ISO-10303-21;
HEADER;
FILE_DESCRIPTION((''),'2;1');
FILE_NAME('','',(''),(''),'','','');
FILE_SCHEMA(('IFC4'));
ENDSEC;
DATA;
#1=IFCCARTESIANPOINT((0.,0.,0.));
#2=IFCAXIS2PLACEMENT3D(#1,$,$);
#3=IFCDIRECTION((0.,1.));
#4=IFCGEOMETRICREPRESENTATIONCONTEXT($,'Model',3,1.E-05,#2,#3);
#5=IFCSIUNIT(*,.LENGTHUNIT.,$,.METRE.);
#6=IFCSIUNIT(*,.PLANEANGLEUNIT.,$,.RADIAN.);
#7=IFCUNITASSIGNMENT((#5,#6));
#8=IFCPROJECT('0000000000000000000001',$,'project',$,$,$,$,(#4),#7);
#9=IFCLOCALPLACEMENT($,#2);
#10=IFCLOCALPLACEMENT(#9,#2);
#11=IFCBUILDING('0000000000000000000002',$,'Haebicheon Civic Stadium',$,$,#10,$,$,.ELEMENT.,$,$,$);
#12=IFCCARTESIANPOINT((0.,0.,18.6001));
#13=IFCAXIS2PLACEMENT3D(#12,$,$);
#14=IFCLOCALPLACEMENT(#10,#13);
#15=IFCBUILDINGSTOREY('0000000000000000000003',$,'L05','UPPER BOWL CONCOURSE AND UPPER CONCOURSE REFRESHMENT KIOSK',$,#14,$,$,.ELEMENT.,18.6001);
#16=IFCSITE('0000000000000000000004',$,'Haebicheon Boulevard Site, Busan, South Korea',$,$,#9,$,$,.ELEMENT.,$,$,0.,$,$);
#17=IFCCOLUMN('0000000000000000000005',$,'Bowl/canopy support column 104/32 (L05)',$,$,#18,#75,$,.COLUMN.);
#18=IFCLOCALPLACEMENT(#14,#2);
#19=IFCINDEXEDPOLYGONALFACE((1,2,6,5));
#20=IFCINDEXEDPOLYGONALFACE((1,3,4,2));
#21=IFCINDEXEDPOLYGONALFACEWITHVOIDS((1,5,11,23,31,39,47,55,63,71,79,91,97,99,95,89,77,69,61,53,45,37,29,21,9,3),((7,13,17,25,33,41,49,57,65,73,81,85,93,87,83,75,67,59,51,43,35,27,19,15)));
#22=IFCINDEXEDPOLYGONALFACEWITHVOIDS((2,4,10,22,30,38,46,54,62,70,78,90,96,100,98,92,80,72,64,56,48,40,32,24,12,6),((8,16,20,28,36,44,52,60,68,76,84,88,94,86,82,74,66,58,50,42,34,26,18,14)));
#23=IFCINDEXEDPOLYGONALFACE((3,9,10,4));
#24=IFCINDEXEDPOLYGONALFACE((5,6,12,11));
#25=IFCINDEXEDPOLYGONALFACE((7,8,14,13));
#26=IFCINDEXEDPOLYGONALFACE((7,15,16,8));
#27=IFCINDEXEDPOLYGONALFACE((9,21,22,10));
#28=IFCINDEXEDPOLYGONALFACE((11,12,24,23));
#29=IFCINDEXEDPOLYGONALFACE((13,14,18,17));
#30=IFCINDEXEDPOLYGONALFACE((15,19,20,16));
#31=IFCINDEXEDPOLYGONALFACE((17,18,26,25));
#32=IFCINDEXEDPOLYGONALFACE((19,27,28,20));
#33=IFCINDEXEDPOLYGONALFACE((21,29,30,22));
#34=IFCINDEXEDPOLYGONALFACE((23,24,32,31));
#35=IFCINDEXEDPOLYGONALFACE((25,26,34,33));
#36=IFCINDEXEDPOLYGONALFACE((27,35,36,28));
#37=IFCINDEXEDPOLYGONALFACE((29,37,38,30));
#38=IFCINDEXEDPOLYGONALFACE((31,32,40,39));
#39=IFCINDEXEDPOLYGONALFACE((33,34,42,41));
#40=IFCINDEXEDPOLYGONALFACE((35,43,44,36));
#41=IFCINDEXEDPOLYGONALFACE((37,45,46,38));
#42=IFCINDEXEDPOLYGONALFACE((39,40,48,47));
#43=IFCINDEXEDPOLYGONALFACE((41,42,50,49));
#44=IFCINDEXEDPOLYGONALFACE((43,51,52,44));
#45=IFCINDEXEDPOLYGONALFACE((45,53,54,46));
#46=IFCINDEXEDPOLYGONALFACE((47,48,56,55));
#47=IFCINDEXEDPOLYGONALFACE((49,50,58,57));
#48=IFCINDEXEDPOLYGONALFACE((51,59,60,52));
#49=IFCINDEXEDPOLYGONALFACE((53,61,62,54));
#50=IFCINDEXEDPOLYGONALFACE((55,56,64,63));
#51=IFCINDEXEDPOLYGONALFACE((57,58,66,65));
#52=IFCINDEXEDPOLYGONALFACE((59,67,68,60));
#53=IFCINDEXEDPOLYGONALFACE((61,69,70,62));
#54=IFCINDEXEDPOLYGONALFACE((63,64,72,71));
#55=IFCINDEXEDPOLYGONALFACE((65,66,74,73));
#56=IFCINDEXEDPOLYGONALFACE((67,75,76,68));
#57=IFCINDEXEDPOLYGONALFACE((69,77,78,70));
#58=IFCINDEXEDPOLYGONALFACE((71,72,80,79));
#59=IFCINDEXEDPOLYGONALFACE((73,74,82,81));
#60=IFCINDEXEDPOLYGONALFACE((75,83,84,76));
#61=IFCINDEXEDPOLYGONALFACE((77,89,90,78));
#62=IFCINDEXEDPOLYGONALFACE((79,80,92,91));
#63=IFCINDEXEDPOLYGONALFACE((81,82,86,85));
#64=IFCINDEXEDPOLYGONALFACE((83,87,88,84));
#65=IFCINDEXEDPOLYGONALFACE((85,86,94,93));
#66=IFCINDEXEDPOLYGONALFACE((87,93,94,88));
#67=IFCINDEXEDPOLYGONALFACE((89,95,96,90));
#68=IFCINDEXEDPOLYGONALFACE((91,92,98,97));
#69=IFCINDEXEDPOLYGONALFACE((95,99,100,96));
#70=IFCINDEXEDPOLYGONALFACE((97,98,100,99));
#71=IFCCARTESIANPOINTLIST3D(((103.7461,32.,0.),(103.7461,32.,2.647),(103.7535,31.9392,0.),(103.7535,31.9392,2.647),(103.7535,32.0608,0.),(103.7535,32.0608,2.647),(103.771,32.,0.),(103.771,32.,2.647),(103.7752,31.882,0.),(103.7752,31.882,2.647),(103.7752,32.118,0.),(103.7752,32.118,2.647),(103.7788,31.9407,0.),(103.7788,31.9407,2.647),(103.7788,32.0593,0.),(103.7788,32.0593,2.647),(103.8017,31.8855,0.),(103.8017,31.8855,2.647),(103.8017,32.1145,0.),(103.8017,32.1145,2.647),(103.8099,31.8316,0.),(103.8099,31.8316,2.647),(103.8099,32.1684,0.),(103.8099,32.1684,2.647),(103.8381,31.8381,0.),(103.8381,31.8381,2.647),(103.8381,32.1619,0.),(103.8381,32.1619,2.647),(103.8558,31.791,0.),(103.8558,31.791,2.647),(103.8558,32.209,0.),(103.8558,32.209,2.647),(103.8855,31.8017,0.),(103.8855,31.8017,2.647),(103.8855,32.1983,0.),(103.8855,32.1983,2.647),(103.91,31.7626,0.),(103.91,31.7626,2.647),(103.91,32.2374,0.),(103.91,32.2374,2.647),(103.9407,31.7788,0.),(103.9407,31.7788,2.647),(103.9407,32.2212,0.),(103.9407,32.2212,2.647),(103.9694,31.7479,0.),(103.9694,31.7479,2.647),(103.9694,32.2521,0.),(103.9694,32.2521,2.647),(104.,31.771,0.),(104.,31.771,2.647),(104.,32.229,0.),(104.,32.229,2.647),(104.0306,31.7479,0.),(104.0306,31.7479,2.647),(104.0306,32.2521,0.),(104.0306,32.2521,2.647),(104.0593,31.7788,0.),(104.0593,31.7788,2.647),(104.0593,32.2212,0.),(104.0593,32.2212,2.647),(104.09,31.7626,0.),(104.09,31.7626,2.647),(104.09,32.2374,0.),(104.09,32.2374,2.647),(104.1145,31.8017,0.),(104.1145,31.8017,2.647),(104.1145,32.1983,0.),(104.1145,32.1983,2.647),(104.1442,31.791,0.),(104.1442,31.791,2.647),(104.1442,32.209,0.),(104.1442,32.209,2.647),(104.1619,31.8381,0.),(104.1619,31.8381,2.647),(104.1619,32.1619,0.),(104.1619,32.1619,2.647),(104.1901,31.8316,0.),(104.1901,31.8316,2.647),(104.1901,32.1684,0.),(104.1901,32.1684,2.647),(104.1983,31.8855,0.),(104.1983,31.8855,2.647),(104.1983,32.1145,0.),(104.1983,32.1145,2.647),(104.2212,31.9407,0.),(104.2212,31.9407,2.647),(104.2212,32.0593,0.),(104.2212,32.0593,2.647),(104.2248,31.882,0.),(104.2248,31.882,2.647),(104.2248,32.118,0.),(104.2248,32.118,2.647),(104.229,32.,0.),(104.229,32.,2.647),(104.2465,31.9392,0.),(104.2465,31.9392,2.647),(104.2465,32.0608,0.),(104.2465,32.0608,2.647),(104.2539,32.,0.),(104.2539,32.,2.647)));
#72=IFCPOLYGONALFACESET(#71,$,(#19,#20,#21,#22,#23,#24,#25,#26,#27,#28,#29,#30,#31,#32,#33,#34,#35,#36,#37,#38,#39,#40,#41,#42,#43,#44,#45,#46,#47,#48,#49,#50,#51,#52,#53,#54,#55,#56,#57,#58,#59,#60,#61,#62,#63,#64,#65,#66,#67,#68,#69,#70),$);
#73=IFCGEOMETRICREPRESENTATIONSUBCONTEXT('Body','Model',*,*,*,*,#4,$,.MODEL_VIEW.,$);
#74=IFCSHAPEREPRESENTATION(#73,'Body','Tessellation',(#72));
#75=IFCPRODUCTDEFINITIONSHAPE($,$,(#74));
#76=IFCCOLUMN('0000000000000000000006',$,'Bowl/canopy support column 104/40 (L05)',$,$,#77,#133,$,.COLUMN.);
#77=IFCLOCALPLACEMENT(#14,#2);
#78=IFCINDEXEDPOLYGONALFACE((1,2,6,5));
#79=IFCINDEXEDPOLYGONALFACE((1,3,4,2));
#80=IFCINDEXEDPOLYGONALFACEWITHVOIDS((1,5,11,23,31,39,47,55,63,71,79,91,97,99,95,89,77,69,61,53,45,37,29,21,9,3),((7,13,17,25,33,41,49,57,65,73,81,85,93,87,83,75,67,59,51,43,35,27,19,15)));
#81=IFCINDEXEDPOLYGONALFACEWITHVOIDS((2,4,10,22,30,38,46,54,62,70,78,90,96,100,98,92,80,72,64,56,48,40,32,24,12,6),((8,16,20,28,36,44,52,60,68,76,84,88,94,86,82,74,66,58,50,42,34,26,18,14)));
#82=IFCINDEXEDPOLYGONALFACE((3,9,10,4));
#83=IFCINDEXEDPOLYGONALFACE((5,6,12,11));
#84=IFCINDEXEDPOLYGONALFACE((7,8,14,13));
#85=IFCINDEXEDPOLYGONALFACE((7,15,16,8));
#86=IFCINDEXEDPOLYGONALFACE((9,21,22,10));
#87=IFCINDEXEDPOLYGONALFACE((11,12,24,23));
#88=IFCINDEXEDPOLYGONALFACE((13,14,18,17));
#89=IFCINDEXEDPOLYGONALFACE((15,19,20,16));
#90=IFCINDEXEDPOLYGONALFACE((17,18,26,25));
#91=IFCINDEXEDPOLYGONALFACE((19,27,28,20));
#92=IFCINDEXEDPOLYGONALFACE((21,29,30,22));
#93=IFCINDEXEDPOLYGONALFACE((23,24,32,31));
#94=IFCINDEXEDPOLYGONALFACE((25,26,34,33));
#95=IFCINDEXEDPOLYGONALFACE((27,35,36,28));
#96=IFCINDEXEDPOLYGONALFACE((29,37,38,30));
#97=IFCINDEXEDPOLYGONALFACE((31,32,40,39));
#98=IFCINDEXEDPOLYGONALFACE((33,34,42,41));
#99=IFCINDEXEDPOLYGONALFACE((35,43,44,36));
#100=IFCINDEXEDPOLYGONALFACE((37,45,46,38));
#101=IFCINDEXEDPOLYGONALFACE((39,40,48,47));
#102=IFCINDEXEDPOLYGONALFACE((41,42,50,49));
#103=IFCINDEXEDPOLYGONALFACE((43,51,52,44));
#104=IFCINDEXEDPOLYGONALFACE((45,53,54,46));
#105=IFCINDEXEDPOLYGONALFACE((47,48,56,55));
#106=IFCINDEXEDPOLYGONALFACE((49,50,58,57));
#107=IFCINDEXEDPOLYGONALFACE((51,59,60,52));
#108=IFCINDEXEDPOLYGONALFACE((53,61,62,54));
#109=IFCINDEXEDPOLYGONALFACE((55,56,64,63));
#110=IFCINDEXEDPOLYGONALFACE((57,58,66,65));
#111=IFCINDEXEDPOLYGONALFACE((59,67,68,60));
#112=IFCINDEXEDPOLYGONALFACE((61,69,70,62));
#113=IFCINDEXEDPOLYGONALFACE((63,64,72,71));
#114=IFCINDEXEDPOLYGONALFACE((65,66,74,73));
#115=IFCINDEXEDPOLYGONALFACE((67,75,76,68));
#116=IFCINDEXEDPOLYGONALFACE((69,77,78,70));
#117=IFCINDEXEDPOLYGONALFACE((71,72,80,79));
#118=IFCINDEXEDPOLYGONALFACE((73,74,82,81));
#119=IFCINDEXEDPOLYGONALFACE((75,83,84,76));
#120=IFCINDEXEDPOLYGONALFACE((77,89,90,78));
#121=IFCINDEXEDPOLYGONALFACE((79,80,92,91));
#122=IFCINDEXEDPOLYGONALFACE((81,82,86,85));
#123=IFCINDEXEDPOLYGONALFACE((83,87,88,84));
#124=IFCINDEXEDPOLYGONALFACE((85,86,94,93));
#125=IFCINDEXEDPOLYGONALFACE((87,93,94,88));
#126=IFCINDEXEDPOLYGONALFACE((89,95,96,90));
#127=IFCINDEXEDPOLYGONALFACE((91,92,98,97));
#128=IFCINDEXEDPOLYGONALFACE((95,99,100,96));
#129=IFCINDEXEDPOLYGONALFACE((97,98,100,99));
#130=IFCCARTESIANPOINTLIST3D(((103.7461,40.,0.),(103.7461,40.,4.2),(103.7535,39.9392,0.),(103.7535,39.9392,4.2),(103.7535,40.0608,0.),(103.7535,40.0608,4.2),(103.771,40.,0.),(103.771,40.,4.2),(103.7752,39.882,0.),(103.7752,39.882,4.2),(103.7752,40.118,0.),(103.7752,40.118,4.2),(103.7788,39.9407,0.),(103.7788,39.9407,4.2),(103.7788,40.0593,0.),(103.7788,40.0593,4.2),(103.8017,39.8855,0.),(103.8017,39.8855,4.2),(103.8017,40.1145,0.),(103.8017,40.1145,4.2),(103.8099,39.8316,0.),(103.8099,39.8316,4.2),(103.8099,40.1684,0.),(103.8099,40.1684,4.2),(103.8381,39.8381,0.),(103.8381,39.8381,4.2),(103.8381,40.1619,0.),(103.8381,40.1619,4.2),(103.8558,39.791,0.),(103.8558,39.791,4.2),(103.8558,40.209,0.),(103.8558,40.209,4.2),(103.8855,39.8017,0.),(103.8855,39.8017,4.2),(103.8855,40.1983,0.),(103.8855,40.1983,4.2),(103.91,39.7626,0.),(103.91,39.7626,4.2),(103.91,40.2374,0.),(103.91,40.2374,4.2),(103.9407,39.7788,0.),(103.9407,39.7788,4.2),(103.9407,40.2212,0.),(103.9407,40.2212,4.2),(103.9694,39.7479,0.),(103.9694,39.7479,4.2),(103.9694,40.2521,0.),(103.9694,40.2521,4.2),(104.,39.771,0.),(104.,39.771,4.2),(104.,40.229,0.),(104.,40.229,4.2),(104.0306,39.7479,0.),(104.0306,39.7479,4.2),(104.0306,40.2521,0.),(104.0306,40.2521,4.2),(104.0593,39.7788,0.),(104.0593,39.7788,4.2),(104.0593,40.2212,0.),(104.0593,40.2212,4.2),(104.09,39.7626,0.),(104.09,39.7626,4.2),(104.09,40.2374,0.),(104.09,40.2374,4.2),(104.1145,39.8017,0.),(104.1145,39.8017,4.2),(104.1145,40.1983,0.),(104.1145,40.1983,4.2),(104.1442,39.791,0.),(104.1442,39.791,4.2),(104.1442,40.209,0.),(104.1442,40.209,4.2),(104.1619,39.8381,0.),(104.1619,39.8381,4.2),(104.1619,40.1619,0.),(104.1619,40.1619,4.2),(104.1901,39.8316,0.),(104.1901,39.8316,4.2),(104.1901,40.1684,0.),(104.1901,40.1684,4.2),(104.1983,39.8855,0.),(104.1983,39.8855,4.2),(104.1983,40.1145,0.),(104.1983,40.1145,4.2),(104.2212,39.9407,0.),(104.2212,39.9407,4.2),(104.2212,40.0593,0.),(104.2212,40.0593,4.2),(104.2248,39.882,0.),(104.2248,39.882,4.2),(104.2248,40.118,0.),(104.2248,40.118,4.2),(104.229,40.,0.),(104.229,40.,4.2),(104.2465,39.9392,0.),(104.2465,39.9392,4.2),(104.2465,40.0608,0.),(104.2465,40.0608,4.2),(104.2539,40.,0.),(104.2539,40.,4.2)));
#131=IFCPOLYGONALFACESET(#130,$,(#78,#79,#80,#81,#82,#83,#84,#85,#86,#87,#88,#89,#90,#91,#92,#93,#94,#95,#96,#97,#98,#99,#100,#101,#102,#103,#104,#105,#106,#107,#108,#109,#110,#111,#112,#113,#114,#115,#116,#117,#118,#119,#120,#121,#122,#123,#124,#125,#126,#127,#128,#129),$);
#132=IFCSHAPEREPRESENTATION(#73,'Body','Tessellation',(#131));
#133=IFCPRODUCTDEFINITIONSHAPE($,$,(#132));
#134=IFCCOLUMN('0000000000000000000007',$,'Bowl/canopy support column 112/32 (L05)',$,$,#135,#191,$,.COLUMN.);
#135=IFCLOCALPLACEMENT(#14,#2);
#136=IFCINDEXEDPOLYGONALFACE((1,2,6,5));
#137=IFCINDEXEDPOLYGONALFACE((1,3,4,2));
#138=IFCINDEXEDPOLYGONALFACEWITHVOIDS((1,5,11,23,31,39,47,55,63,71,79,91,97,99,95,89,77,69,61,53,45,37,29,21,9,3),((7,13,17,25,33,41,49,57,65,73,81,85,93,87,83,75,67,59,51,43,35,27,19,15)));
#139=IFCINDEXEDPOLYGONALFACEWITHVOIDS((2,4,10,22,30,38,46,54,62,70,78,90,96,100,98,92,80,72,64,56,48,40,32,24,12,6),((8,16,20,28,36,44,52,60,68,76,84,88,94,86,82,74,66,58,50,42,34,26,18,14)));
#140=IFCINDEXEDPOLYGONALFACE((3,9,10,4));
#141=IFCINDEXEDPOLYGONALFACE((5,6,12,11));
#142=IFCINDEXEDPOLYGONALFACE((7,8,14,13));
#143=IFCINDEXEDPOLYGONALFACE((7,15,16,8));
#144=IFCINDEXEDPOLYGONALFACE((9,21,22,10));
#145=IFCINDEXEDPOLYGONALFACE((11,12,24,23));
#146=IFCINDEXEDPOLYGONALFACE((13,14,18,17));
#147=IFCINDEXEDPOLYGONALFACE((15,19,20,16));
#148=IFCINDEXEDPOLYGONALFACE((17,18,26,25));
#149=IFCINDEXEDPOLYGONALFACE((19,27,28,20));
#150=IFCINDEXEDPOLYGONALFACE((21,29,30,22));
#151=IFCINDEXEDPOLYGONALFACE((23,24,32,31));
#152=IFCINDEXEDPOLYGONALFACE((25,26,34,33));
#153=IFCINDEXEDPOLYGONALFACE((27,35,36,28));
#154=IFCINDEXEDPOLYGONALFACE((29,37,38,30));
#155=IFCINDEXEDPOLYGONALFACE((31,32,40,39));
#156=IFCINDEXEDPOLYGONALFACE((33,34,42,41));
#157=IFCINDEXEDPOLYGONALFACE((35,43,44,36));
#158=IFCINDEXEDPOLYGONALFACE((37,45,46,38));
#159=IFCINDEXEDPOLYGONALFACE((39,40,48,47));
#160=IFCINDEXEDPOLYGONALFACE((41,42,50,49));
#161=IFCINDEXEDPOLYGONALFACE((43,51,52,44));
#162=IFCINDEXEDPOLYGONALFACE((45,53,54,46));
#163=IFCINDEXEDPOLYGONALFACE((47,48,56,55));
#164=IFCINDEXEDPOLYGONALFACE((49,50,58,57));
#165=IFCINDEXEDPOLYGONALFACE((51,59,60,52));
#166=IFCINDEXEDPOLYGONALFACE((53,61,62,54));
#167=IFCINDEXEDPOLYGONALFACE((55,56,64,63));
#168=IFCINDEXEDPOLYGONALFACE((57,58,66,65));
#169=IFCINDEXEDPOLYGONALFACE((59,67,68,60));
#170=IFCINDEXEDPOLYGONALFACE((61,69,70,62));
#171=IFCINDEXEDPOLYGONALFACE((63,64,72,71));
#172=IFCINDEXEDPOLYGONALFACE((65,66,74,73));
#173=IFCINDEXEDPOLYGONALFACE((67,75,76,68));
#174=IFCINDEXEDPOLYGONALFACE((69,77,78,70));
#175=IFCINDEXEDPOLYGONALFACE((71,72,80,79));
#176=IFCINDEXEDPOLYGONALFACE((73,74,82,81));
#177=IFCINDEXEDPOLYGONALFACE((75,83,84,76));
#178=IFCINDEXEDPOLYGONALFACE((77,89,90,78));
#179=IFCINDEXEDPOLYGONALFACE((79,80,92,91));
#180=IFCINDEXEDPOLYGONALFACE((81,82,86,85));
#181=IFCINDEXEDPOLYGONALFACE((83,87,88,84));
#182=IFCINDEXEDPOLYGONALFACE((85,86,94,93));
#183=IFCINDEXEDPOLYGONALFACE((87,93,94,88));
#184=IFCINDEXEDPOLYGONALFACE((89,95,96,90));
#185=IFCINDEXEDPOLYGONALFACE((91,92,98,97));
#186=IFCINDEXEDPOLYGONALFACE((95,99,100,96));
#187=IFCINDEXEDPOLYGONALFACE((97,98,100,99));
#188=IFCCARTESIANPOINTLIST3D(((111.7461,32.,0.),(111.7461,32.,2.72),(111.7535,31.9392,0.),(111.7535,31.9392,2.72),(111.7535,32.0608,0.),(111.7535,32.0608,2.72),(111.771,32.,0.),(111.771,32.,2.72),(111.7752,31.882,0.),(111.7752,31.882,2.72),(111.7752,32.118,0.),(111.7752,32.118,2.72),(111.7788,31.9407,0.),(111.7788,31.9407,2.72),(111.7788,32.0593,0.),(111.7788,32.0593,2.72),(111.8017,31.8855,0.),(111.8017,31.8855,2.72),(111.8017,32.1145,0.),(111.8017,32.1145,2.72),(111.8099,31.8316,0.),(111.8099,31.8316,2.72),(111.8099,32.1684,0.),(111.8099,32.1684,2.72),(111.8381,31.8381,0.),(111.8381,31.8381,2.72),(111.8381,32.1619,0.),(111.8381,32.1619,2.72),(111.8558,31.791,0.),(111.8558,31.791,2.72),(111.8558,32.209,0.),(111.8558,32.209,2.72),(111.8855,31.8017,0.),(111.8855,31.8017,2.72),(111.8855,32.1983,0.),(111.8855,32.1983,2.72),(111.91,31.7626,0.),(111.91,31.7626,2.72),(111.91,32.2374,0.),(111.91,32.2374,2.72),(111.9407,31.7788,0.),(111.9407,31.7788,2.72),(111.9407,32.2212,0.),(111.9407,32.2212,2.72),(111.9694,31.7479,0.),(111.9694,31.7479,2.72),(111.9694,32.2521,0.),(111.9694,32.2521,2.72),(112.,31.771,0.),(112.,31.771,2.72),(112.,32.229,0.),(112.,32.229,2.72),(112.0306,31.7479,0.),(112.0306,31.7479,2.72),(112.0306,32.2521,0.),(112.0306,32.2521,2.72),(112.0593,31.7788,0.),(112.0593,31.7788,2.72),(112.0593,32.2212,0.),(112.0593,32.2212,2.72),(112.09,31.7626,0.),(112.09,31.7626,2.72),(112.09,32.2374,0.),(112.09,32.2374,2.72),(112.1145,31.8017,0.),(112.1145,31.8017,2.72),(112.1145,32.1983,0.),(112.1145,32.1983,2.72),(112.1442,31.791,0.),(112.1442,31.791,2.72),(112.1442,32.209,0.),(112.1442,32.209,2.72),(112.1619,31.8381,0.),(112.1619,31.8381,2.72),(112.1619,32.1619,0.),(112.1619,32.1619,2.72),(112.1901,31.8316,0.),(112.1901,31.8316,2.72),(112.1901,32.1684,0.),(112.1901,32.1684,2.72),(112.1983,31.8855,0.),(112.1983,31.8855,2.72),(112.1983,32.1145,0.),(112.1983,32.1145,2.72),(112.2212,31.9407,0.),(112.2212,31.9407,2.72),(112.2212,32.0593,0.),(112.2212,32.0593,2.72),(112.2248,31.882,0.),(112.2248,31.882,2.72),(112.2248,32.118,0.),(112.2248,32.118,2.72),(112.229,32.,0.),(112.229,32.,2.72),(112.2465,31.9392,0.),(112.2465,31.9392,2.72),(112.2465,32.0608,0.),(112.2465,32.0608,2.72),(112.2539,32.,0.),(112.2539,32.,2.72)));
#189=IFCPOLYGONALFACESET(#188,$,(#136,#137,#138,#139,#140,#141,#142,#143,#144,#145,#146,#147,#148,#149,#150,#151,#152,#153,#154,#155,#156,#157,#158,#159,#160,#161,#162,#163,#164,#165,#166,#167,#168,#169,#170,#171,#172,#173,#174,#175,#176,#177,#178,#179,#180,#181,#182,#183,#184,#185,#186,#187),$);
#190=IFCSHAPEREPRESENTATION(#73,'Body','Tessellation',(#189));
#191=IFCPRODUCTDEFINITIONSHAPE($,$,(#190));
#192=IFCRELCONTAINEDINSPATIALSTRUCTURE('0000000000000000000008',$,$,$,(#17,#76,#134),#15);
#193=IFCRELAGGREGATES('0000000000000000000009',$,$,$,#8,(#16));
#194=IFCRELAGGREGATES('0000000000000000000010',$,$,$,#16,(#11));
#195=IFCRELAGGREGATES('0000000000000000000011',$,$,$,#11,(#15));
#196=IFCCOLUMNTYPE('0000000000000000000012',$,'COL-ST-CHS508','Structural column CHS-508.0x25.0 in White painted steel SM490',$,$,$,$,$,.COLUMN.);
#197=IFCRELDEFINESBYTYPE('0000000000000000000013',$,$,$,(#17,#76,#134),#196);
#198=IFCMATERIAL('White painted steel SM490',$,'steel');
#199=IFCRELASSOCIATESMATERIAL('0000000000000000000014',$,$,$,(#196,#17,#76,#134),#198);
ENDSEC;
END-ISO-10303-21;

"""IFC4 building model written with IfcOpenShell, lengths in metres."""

from ifc_helpers import new_model, si_unit, direction, frame, origin, origin_2d, place, context, subcontext, project, spatial, hollow_circle, extrude, material, material_profile, profile_set, type_object, element, save


model = new_model("IFC4")

# Units and contexts
model_context = context("Model", 3, precision=1e-05, world=origin(), true_north=direction((0.0, 1.0)))
body_context = subcontext(model_context, "Body", "Model", "MODEL_VIEW")
ifc_project = project(units=[si_unit("LENGTHUNIT", "METRE"), si_unit("PLANEANGLEUNIT", "RADIAN")], contexts=[model_context])

# Site, building, storey
site_placement = place(None, origin())
site = spatial("IfcSite", under=ifc_project, at=site_placement, Name="Haebicheon Boulevard Site, Busan, South Korea", CompositionType="ELEMENT", RefElevation=0.0)
building_placement = place(site_placement, origin())
building = spatial("IfcBuilding", under=site, at=building_placement, Name="Haebicheon Civic Stadium", CompositionType="ELEMENT")
storey_placement = place(building_placement, frame((0.0, 0.0, 18.6001)))
storey = spatial("IfcBuildingStorey", under=building, at=storey_placement, Name="L05", Description="UPPER BOWL CONCOURSE AND UPPER CONCOURSE REFRESHMENT KIOSK", CompositionType="ELEMENT", Elevation=18.6001)

# Columns
ifc_material_1 = material(Name="White painted steel SM490", Category="steel")
ifc_material_profile_1 = material_profile(ifc_material_1, hollow_circle(Radius=0.2539, WallThickness=0.0249, at=origin_2d()), Name="CHS-508.0x25.0")
ifc_profile_set_1 = profile_set([ifc_material_profile_1], Name="White painted steel SM490")
column_type = type_object("IfcColumnType", Name="COL-ST-CHS508", Description="Structural column CHS-508.0x25.0 in White painted steel SM490", PredefinedType="COLUMN", material=ifc_profile_set_1)
column_1_placement = place(storey_placement, frame((104.0, 32.0, 0.0), z_axis=(0.0, 0.0, 1.0), x_axis=(1.0, 0.0, 0.0)))
element("IfcColumn", 1, at=column_1_placement, inside=storey, type_object=column_type, material=ifc_profile_set_1, Name="Bowl/canopy support column 104/32 (L05)", PredefinedType="COLUMN", context=body_context, shape_type="SweptSolid", body=[
    extrude(hollow_circle(Radius=0.2539, WallThickness=0.0249, at=origin_2d()), origin(), (0.0, 0.0, 1.0), 2.647),
])
column_2_placement = place(storey_placement, frame((104.0, 40.0, 0.0), z_axis=(0.0, 0.0, 1.0), x_axis=(1.0, 0.0, 0.0)))
element("IfcColumn", 2, at=column_2_placement, inside=storey, type_object=column_type, material=ifc_profile_set_1, Name="Bowl/canopy support column 104/40 (L05)", PredefinedType="COLUMN", context=body_context, shape_type="SweptSolid", body=[
    extrude(hollow_circle(Radius=0.2539, WallThickness=0.0249, at=origin_2d()), origin(), (0.0, 0.0, 1.0), 4.2),
])
column_3_placement = place(storey_placement, frame((112.0, 32.0, 0.0), z_axis=(0.0, 0.0, 1.0), x_axis=(1.0, 0.0, 0.0)))
element("IfcColumn", 3, at=column_3_placement, inside=storey, type_object=column_type, material=ifc_profile_set_1, Name="Bowl/canopy support column 112/32 (L05)", PredefinedType="COLUMN", context=body_context, shape_type="SweptSolid", body=[
    extrude(hollow_circle(Radius=0.2539, WallThickness=0.0249, at=origin_2d()), origin(), (0.0, 0.0, 1.0), 2.72),
])

save(model, "model.ifc")
